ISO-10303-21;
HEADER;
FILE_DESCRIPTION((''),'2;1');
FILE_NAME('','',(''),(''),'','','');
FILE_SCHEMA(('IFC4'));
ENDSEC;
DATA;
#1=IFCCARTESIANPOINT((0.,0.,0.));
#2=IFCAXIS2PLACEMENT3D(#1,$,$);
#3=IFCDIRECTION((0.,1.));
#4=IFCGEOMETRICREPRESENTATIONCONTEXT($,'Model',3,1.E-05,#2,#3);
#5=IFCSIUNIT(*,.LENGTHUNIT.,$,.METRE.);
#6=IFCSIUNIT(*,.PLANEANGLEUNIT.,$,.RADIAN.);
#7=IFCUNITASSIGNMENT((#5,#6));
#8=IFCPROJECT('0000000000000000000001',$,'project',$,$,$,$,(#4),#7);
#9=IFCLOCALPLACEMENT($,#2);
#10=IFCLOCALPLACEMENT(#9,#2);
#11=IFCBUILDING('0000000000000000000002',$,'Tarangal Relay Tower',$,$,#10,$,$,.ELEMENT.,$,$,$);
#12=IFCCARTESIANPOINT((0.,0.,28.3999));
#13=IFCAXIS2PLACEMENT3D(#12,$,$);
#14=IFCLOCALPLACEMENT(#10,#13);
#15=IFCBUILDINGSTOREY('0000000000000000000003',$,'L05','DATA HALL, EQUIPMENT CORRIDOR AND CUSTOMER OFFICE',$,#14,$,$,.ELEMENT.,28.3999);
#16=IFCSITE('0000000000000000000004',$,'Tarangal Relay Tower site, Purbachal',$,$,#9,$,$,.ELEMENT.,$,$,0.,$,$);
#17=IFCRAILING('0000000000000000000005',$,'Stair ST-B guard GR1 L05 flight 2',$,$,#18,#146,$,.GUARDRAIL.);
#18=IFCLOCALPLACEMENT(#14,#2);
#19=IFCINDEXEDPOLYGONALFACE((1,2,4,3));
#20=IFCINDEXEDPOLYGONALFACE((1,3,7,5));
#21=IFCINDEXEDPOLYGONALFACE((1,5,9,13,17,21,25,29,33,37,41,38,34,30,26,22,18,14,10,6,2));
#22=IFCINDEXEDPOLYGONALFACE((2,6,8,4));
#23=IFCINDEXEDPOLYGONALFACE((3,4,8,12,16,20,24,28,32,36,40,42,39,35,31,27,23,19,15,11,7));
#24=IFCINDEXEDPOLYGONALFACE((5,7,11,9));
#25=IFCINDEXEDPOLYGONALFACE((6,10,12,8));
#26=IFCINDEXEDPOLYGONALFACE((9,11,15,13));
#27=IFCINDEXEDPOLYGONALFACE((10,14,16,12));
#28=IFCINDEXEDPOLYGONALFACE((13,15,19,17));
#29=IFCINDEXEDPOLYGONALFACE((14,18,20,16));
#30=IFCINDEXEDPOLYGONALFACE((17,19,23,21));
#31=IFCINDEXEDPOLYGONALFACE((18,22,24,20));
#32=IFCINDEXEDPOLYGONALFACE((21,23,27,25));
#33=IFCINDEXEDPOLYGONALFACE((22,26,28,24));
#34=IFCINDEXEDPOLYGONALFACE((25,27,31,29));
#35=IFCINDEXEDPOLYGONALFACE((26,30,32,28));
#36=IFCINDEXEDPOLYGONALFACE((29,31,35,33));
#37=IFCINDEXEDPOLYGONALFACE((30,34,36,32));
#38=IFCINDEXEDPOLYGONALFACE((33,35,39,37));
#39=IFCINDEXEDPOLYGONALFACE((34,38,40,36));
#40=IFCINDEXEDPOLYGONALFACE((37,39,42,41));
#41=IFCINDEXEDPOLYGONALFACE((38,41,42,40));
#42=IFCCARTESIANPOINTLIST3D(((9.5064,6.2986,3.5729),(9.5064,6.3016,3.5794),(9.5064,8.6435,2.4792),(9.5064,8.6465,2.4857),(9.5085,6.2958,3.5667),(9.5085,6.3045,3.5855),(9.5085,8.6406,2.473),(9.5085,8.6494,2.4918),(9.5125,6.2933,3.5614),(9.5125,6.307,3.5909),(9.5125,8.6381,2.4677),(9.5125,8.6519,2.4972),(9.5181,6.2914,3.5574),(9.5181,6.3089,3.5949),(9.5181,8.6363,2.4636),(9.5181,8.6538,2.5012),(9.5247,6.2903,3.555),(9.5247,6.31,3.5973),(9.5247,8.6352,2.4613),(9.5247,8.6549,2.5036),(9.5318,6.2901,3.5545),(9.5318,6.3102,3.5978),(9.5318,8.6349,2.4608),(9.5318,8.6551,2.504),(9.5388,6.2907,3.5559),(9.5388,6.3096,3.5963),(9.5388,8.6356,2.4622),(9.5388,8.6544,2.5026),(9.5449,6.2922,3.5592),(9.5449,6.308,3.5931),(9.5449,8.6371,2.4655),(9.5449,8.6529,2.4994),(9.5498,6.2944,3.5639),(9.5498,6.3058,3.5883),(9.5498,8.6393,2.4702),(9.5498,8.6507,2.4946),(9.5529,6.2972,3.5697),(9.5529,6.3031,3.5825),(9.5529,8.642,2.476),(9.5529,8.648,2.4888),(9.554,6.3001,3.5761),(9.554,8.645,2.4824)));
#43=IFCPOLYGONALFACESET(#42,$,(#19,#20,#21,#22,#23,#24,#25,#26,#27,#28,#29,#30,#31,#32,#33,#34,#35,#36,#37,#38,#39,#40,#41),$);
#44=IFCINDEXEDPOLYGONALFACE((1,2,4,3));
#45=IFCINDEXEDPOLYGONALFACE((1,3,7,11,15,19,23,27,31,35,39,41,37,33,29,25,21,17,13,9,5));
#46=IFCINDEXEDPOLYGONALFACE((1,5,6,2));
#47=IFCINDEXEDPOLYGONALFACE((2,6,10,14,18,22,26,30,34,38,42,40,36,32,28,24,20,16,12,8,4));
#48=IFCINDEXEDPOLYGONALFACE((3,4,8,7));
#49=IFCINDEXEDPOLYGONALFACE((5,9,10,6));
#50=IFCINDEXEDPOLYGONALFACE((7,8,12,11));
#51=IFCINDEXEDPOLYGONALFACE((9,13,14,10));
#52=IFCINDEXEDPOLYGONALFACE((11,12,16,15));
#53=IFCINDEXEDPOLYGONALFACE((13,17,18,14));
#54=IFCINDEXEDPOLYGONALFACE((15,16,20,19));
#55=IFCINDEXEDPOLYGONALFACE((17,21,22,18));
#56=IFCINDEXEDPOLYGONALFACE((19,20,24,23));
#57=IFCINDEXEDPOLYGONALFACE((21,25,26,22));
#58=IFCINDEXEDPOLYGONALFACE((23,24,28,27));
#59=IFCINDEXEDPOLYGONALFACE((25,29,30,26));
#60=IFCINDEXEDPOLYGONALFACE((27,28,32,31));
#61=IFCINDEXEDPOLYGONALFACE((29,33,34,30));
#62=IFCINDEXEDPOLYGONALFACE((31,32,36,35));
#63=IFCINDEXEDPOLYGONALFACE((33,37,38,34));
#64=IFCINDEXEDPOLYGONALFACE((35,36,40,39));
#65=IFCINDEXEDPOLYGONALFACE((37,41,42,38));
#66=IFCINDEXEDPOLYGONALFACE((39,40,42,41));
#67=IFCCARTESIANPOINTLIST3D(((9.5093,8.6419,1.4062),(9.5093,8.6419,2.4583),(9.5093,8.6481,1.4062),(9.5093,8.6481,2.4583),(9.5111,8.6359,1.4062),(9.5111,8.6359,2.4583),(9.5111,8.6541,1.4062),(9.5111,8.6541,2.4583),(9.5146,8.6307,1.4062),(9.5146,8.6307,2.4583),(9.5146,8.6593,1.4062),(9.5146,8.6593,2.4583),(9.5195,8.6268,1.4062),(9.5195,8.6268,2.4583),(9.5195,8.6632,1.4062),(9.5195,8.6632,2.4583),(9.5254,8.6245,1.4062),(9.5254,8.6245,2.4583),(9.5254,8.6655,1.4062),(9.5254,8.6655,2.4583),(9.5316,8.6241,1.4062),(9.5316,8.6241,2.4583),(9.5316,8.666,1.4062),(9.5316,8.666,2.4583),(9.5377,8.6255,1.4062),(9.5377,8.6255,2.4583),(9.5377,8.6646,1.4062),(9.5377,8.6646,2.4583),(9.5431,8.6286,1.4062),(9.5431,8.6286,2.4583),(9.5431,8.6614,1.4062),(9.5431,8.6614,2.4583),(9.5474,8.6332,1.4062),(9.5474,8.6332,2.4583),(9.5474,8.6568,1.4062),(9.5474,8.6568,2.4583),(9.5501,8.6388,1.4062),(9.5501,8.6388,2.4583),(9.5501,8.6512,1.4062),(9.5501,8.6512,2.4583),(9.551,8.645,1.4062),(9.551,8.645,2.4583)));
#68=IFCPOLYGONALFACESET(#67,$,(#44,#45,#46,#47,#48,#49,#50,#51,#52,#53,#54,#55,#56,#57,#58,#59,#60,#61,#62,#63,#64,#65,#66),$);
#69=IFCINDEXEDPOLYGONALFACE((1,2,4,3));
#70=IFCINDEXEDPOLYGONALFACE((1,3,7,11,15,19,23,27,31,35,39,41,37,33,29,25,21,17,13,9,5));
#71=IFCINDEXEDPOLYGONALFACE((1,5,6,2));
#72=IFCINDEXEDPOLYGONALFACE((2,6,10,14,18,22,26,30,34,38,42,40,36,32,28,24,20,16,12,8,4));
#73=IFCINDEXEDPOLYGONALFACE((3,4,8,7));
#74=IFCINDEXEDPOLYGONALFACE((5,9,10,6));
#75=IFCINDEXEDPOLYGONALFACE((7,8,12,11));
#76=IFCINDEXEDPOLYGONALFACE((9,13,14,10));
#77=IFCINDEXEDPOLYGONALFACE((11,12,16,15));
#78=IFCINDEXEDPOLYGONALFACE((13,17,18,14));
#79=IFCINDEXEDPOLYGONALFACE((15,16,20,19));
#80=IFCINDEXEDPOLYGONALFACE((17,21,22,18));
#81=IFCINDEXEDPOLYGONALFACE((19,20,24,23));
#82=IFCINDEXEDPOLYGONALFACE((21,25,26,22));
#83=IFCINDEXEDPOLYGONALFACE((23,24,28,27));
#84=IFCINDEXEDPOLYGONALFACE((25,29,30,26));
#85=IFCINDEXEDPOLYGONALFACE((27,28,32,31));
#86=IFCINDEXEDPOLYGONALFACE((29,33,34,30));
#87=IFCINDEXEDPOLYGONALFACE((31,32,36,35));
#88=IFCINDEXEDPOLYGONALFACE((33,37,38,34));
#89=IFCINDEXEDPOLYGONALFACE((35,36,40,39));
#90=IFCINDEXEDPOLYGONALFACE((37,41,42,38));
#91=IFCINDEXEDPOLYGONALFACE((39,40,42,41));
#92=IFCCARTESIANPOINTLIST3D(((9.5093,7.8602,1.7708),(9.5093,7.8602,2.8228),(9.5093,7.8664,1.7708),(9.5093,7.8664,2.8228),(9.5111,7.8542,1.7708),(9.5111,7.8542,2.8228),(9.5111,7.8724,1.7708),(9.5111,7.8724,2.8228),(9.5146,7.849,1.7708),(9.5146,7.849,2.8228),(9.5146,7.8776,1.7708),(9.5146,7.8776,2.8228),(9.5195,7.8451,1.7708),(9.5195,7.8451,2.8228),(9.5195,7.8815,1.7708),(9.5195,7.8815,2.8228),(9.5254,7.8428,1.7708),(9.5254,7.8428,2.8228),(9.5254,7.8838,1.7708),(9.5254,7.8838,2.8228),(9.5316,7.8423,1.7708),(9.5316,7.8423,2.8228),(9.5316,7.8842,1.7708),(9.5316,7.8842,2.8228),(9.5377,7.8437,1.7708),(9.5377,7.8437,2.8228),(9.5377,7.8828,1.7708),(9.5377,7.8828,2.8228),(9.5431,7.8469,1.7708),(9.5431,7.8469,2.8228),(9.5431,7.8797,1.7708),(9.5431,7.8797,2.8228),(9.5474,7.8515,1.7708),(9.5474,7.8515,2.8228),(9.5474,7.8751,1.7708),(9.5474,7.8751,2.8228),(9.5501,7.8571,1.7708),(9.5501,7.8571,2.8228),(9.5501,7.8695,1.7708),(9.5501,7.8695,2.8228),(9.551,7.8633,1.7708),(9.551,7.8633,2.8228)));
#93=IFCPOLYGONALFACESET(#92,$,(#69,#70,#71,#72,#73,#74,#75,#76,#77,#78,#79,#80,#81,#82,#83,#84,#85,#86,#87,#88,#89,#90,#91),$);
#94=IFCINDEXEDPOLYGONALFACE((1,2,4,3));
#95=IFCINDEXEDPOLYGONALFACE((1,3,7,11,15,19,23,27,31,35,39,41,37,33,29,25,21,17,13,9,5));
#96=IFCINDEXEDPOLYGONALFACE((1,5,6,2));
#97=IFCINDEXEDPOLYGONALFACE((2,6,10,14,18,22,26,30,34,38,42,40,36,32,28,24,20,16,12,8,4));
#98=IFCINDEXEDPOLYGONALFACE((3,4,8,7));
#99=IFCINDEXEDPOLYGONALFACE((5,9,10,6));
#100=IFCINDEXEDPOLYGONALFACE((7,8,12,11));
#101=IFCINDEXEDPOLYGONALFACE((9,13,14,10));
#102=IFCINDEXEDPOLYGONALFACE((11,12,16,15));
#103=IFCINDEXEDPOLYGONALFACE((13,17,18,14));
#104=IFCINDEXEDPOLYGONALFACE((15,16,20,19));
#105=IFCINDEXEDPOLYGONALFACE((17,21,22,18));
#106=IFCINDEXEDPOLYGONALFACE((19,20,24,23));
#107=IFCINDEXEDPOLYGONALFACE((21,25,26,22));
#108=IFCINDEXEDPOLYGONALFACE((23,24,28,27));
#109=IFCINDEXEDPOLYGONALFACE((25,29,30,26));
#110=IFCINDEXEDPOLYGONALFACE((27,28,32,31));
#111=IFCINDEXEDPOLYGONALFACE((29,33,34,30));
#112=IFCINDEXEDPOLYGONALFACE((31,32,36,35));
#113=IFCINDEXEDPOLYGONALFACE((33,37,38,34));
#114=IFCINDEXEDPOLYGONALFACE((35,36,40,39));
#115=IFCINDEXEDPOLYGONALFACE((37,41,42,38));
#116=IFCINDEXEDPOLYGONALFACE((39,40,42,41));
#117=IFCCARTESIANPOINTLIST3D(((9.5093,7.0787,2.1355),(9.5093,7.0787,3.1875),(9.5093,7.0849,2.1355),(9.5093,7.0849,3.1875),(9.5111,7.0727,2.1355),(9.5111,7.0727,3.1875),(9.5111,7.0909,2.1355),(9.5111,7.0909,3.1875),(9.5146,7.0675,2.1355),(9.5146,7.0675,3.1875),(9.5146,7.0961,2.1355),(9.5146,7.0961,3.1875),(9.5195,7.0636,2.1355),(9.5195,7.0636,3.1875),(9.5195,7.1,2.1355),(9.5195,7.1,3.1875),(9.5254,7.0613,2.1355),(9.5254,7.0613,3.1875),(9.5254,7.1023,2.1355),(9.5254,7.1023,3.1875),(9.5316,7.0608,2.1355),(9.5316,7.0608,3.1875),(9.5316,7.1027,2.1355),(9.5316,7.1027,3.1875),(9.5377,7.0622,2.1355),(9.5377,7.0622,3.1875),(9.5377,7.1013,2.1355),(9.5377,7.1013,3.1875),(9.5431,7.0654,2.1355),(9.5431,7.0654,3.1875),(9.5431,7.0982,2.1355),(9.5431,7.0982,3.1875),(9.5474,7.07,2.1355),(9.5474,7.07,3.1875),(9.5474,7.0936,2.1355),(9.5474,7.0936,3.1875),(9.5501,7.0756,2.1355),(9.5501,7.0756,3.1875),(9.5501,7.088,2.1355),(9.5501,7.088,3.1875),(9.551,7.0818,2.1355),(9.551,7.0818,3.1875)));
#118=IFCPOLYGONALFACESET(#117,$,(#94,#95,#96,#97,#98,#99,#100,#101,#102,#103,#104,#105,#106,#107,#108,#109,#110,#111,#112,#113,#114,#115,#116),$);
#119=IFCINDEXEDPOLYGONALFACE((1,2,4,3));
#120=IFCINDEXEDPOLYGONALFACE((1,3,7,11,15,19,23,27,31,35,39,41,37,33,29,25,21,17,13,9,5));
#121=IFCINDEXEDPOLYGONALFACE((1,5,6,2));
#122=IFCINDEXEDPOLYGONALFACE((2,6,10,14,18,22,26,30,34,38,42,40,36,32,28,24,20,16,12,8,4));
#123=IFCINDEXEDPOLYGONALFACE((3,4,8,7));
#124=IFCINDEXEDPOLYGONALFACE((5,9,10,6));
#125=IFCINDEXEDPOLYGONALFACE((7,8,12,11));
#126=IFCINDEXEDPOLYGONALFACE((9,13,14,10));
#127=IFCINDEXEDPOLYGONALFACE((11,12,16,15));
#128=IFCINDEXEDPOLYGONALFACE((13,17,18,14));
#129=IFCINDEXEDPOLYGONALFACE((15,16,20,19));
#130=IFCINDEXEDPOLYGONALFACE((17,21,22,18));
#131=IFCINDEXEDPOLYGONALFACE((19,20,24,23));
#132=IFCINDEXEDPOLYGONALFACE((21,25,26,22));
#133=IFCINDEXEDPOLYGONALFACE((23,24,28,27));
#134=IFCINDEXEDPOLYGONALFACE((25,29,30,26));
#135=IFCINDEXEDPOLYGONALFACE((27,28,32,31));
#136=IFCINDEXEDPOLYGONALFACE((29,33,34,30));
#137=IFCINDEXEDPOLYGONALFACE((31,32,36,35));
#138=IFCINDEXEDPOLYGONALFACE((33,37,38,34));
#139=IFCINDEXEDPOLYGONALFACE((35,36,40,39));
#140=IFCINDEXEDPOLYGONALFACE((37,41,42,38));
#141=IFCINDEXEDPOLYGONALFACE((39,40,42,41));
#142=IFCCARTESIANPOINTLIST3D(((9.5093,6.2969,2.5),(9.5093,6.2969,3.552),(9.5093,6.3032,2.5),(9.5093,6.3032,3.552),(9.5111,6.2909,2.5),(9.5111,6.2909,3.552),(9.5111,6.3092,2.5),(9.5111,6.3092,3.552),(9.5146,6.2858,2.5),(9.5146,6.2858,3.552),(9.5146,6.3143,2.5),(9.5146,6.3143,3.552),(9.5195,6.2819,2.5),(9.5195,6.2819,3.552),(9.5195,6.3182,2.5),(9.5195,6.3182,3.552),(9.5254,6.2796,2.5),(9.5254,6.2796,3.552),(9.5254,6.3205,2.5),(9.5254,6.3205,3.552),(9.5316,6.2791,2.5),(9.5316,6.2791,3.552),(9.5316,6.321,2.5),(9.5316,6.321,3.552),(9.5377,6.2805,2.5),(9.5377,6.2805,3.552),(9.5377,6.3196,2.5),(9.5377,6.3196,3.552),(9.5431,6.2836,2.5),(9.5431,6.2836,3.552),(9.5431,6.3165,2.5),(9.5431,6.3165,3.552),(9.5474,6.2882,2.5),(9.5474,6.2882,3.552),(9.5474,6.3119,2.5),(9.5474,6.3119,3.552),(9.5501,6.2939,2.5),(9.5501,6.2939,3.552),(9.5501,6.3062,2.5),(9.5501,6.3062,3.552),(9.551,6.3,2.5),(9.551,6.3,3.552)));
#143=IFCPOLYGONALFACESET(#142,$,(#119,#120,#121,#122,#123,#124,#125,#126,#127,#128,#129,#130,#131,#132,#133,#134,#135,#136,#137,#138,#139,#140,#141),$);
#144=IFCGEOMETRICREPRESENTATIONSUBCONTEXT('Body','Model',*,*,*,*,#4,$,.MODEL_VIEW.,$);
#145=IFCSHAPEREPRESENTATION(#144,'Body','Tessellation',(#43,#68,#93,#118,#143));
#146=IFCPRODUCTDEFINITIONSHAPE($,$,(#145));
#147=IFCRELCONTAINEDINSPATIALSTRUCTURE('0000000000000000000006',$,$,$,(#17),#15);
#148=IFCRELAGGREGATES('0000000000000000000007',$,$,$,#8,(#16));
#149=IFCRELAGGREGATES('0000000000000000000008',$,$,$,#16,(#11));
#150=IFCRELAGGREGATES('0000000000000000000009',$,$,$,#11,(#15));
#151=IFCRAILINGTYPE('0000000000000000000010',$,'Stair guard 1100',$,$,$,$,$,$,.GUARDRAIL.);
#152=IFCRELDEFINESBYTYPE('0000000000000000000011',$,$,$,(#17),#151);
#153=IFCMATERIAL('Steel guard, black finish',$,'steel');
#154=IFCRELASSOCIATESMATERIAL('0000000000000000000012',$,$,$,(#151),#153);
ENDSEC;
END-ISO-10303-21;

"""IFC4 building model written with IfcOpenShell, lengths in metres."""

from ifc_helpers import new_model, si_unit, direction, frame, origin, origin_2d, place, context, subcontext, project, spatial, circle, extrude, material, type_object, element, save


model = new_model("IFC4")

# Units and contexts
model_context = context("Model", 3, precision=1e-05, world=origin(), true_north=direction((0.0, 1.0)))
body_context = subcontext(model_context, "Body", "Model", "MODEL_VIEW")
ifc_project = project(units=[si_unit("LENGTHUNIT", "METRE"), si_unit("PLANEANGLEUNIT", "RADIAN")], contexts=[model_context])

# Site, building, storey
site_placement = place(None, origin())
site = spatial("IfcSite", under=ifc_project, at=site_placement, Name="Tarangal Relay Tower site, Purbachal", CompositionType="ELEMENT", RefElevation=0.0)
building_placement = place(site_placement, origin())
building = spatial("IfcBuilding", under=site, at=building_placement, Name="Tarangal Relay Tower", CompositionType="ELEMENT")
storey_placement = place(building_placement, frame((0.0, 0.0, 28.3999)))
storey = spatial("IfcBuildingStorey", under=building, at=storey_placement, Name="L05", Description="DATA HALL, EQUIPMENT CORRIDOR AND CUSTOMER OFFICE", CompositionType="ELEMENT", Elevation=28.3999)

# Railing
ifc_material_1 = material(Name="Steel guard, black finish", Category="steel")
railing_type_1 = type_object("IfcRailingType", Name="Stair guard 1100", PredefinedType="GUARDRAIL", material=ifc_material_1)
railing_1_placement = place(storey_placement, frame((9.53, 8.645, 1.4062)))
element("IfcRailing", 1, at=railing_1_placement, inside=storey, type_object=railing_type_1, Name="Stair ST-B guard GR1 L05 flight 2", PredefinedType="GUARDRAIL", context=body_context, shape_type="SweptSolid", body=[
    extrude(circle(Radius=0.0239, at=origin_2d()), frame((0.0, 0.0, 1.0762), z_axis=(0.0, -0.906267, 0.422705), x_axis=(1.0, 0.0, 0.0)), (0.0, 0.0, 1.0), 2.5874),
    extrude(circle(Radius=0.021, at=origin_2d()), origin(), (0.0, 0.0, 1.0), 1.052),
    extrude(circle(Radius=0.021, at=origin_2d()), frame((0.0, -0.7817, 0.3645)), (0.0, 0.0, 1.0), 1.052),
    extrude(circle(Radius=0.021, at=origin_2d()), frame((0.0, -1.5632, 0.7292)), (0.0, 0.0, 1.0), 1.052),
    extrude(circle(Radius=0.021, at=origin_2d()), frame((0.0, -2.345, 1.0938)), (0.0, 0.0, 1.0), 1.052),
])

save(model, "model.ifc")
